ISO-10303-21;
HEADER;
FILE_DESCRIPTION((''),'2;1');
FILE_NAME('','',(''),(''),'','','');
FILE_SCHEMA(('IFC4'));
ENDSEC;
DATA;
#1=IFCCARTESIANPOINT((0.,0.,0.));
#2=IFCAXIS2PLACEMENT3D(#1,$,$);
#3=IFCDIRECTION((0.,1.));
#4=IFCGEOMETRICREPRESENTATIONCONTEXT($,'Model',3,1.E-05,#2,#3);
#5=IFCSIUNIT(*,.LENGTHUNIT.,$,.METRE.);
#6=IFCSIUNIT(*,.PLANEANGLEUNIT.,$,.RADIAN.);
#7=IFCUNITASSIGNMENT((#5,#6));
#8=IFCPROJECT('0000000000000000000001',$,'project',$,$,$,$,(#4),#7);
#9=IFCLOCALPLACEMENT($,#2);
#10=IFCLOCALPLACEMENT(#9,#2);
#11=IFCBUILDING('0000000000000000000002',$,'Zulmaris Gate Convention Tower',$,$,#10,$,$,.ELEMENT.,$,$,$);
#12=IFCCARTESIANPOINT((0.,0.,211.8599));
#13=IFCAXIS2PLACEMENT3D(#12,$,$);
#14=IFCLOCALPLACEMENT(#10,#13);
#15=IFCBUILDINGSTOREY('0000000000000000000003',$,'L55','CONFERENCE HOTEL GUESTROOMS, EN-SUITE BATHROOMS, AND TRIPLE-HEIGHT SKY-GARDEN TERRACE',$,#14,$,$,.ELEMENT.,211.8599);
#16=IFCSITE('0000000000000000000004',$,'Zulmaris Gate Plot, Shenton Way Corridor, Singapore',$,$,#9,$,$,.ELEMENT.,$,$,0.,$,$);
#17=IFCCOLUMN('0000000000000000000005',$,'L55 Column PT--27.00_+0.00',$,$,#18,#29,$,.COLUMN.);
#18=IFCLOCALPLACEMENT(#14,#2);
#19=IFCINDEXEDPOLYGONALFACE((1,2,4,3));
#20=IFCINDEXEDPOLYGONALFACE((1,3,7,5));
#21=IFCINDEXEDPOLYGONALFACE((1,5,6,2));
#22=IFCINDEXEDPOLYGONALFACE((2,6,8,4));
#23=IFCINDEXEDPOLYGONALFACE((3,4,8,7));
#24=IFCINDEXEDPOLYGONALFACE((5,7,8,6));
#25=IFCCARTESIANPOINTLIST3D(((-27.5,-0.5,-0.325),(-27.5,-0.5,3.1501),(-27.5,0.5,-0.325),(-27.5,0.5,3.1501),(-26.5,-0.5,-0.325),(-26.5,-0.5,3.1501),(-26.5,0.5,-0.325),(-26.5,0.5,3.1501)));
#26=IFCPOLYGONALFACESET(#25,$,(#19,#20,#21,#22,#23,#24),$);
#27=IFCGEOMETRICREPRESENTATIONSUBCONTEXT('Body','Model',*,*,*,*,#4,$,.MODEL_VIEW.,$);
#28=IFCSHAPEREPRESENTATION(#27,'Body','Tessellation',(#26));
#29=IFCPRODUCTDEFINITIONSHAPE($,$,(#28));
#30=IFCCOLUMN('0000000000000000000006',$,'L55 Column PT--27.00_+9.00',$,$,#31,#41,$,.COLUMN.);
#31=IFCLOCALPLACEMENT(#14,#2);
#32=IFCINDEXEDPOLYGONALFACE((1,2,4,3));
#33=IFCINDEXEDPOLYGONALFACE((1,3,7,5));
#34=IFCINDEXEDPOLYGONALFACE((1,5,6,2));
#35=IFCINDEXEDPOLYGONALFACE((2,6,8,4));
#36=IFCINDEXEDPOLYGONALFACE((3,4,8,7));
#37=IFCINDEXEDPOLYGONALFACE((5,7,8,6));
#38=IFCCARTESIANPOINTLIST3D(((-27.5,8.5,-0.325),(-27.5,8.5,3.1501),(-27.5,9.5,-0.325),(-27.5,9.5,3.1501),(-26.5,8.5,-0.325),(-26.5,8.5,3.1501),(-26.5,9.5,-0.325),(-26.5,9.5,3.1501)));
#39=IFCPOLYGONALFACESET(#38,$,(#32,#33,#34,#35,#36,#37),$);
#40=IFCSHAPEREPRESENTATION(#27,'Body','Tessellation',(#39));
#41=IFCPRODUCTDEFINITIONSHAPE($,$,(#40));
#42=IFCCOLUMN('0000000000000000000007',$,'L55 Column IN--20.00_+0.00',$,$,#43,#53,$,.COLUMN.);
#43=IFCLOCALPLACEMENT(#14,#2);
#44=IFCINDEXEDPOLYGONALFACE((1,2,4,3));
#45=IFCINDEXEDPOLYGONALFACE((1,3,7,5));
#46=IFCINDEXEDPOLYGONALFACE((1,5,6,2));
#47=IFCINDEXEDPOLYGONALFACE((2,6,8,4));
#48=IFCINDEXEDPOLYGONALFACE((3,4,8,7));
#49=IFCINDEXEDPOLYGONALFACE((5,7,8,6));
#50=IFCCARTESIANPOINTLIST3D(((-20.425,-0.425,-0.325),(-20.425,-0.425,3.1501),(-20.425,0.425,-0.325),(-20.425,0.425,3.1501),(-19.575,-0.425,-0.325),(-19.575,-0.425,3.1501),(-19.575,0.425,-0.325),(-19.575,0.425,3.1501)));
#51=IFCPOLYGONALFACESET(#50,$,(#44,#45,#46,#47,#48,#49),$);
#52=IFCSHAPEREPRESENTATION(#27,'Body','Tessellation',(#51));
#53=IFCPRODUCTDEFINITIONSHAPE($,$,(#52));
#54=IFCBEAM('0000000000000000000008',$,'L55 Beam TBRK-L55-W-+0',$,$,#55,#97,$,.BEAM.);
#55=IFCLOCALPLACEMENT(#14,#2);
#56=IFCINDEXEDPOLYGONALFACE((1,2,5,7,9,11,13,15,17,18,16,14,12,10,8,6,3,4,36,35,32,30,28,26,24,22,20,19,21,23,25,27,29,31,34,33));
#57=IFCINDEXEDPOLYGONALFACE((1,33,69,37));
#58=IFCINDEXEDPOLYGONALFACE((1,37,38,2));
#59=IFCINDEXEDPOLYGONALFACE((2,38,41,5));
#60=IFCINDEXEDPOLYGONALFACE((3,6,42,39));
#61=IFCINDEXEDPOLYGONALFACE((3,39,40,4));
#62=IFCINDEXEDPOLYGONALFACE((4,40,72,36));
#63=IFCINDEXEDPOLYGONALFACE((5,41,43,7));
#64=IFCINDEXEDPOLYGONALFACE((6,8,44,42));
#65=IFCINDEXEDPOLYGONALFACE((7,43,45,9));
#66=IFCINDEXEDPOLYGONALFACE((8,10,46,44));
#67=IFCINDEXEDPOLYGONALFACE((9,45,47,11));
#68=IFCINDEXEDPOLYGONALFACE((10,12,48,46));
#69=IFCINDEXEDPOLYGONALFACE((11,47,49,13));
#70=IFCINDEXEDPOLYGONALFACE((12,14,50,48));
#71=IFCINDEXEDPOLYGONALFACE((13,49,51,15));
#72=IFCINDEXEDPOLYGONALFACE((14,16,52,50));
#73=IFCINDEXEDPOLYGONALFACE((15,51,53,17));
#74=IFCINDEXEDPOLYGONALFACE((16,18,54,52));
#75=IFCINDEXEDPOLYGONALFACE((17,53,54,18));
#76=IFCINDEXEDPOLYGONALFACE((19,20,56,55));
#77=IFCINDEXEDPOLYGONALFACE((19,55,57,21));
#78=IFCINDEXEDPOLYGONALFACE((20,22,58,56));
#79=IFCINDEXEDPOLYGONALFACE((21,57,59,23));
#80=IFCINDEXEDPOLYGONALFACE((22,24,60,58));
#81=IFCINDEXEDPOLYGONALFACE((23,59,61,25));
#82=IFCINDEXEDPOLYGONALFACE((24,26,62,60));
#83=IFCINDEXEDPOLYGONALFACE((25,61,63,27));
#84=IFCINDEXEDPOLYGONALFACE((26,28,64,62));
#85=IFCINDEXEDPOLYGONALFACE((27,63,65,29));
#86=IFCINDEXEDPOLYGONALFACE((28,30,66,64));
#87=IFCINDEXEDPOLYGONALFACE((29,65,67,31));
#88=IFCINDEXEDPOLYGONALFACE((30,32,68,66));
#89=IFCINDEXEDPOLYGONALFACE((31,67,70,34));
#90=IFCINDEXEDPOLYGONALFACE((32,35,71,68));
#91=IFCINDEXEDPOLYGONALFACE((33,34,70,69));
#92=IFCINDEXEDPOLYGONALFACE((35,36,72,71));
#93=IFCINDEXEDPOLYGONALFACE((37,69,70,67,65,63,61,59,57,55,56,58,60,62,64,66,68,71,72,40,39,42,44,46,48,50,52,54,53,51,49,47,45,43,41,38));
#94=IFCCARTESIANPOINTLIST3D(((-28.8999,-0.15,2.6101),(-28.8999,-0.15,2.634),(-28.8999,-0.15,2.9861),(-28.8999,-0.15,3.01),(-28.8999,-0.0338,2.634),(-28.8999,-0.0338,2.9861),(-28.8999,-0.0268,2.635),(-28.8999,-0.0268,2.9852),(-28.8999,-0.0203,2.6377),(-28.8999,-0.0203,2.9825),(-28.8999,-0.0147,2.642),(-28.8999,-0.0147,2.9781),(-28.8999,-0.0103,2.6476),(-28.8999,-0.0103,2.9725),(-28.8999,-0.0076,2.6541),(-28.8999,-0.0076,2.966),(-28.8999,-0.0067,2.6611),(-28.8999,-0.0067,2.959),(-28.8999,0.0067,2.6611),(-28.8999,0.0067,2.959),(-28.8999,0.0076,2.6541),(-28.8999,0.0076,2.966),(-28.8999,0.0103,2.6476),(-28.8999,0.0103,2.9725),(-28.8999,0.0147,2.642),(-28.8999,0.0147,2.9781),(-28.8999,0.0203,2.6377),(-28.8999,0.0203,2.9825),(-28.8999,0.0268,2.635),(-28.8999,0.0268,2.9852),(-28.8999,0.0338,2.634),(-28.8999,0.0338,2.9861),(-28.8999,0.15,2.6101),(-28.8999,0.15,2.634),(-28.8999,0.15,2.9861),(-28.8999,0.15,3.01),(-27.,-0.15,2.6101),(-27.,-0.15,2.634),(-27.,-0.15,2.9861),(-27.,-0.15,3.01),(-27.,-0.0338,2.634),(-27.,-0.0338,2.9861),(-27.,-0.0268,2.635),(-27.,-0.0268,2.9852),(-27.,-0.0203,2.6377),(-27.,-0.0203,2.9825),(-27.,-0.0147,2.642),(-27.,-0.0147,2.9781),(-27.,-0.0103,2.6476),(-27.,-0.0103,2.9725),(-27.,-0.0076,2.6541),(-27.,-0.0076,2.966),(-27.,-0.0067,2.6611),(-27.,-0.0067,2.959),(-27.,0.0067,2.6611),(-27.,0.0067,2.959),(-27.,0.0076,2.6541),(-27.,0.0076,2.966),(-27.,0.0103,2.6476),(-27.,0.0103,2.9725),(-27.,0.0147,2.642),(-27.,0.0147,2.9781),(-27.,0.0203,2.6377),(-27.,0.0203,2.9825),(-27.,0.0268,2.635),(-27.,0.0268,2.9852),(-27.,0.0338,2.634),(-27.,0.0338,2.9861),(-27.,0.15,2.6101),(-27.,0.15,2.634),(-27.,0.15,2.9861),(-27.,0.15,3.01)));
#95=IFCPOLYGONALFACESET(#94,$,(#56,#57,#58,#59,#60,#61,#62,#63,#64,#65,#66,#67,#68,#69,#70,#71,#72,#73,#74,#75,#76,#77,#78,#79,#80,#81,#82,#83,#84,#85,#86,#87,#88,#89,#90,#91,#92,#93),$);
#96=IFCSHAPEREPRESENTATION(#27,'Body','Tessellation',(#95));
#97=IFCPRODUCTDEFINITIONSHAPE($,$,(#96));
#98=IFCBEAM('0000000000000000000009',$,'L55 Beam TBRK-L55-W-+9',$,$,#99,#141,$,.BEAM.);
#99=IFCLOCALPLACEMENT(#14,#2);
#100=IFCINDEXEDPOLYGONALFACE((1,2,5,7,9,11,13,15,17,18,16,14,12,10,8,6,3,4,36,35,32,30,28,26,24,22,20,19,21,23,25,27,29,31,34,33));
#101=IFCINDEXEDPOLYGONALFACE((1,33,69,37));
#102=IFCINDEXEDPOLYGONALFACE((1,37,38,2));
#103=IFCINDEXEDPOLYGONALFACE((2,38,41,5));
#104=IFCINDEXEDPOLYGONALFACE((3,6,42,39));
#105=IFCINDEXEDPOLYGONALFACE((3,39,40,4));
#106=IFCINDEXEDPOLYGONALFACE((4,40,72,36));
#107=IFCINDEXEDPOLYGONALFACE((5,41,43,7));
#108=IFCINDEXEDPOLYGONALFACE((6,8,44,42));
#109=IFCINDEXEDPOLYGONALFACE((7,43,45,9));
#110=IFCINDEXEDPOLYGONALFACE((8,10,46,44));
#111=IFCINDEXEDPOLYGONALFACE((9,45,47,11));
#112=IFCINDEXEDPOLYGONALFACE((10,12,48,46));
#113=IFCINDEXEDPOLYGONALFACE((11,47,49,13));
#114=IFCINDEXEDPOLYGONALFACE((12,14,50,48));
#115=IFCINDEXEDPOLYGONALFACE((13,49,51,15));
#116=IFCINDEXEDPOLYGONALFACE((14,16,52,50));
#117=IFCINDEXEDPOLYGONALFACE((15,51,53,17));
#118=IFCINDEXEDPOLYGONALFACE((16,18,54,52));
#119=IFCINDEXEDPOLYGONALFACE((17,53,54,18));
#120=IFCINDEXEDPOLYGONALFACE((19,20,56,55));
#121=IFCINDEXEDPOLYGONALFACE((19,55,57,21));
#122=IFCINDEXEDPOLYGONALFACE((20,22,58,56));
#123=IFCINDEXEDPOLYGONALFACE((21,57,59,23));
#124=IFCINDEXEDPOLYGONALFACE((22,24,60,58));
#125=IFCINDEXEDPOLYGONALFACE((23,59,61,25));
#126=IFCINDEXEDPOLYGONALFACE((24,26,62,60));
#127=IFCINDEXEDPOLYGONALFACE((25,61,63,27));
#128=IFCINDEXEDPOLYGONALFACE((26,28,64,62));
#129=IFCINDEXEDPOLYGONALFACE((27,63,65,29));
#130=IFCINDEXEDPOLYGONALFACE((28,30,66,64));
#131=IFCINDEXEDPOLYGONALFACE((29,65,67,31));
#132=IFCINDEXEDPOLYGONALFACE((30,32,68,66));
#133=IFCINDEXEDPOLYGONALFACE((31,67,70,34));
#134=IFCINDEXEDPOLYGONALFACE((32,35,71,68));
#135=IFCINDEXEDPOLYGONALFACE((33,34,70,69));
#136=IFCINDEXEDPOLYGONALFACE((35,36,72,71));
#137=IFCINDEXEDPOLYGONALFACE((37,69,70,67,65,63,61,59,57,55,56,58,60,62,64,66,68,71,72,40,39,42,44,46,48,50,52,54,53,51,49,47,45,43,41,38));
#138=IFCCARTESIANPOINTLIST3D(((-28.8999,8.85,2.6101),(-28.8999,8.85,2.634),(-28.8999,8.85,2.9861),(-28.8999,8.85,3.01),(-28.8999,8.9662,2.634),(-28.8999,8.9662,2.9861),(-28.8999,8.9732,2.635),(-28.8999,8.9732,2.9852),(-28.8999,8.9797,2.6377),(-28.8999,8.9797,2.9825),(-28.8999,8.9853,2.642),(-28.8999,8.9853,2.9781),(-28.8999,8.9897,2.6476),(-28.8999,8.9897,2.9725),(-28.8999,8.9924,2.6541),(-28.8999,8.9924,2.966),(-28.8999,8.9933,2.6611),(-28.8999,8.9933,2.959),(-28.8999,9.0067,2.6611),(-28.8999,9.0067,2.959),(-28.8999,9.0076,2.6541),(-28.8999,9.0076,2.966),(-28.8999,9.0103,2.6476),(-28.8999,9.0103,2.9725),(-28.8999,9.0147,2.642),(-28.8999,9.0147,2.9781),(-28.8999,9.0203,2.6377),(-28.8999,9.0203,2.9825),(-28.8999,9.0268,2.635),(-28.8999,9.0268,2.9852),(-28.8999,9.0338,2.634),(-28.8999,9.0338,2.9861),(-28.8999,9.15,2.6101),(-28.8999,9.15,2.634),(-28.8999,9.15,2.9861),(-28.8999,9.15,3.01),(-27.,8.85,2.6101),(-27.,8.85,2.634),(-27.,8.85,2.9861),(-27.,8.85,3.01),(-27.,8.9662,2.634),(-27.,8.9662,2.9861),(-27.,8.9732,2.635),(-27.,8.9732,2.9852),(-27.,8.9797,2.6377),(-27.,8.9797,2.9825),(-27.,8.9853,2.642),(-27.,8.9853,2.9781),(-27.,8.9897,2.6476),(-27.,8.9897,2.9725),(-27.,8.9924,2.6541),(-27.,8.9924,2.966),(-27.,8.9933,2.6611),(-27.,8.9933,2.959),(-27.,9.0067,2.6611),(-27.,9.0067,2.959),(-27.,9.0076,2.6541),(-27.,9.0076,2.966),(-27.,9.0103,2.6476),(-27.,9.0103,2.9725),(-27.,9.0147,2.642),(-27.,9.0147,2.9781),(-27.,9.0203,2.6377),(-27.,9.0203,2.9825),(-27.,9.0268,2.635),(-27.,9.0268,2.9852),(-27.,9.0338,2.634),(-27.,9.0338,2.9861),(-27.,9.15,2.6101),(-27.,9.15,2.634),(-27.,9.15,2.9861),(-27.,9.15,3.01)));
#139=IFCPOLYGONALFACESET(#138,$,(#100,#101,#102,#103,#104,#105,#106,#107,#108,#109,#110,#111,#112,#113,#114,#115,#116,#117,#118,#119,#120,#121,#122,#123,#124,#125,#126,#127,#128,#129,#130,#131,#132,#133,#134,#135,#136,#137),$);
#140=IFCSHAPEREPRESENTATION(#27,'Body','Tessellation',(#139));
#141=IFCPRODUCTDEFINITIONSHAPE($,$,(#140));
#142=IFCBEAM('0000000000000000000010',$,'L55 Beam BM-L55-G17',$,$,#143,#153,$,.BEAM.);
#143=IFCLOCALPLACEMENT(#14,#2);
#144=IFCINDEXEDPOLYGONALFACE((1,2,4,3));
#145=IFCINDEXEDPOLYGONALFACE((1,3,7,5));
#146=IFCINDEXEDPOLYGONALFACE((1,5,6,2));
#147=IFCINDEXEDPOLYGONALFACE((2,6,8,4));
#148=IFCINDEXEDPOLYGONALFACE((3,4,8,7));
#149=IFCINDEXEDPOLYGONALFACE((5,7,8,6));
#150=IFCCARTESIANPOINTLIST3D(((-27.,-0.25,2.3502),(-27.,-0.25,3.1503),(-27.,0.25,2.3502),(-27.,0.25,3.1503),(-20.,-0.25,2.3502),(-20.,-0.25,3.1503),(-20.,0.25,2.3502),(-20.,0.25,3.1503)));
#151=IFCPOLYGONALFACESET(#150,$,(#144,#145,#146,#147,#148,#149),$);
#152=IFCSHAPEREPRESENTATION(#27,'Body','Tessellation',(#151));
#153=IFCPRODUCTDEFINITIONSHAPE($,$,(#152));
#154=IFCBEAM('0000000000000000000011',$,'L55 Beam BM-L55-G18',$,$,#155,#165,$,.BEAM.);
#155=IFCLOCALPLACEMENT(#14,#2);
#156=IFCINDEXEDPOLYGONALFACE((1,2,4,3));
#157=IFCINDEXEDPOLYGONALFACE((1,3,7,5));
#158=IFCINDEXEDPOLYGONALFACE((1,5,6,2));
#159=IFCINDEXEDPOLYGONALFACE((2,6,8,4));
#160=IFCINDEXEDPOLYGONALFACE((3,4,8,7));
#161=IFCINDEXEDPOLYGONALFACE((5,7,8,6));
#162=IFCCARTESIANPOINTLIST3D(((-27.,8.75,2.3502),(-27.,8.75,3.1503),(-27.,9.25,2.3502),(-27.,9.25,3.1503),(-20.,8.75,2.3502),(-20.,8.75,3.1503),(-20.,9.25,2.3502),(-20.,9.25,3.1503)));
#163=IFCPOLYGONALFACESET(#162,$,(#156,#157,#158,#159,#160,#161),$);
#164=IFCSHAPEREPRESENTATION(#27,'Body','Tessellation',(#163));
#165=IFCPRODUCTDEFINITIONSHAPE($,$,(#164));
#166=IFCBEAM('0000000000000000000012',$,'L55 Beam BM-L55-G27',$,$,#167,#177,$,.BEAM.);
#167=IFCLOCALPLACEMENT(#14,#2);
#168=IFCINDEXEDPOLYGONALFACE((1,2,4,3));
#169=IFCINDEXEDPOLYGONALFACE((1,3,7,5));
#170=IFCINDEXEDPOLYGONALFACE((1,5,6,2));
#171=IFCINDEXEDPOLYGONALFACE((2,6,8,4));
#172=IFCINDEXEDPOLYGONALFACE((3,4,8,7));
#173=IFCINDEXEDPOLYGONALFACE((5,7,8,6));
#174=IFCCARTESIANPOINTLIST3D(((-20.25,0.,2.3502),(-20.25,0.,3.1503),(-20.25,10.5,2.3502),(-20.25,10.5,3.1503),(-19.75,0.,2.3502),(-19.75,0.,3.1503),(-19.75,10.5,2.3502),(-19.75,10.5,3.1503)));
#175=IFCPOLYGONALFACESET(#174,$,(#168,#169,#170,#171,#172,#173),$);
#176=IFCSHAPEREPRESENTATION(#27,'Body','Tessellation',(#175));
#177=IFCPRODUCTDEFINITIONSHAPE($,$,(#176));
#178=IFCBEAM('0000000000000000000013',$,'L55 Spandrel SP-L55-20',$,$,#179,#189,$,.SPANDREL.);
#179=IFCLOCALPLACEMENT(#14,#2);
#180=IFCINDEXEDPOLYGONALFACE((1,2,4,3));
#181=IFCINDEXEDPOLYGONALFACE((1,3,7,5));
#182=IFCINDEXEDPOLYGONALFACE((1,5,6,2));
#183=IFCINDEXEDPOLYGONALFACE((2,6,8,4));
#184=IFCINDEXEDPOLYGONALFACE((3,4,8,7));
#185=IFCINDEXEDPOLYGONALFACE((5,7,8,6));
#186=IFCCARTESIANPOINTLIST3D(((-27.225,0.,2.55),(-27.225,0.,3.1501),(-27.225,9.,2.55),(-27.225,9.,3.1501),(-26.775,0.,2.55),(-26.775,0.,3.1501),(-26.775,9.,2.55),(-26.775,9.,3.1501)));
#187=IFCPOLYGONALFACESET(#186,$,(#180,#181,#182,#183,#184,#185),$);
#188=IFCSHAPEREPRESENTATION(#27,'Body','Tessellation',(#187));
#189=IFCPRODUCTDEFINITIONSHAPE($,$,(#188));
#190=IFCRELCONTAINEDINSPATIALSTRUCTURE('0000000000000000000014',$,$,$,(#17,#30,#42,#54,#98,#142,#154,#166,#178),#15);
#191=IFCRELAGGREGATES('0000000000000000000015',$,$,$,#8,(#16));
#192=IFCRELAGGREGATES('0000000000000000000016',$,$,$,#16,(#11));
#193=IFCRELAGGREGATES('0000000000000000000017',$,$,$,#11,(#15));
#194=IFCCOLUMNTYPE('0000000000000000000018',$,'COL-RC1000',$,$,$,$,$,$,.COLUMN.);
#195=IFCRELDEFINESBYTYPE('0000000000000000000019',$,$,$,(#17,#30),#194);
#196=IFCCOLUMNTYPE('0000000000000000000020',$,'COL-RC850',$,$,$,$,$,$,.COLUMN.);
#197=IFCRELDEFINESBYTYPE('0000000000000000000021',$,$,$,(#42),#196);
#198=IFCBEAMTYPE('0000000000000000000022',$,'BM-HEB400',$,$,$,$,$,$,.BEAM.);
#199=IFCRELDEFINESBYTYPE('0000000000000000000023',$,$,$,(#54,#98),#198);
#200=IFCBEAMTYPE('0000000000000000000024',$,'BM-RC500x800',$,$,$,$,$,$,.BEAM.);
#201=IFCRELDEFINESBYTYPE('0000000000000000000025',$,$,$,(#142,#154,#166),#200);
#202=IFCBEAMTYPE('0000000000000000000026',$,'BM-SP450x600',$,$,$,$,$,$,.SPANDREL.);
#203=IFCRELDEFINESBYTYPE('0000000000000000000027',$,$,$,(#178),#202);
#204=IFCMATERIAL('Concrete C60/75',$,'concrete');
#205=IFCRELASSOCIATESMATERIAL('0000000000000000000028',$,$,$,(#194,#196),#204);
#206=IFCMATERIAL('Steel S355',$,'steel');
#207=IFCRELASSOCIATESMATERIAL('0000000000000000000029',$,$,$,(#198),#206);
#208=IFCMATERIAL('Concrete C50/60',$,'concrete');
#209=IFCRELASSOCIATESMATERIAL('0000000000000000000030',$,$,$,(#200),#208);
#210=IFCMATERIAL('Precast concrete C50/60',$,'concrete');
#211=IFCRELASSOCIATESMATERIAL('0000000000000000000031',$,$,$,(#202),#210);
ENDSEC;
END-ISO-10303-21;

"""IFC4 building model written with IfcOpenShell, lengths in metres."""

from ifc_helpers import new_model, si_unit, direction, frame, origin, origin_2d, place, context, subcontext, project, spatial, rectangle, i_section, extrude, material, material_profile, profile_set, type_object, element, save


model = new_model("IFC4")

# Units and contexts
model_context = context("Model", 3, precision=1e-05, world=origin(), true_north=direction((0.0, 1.0)))
body_context = subcontext(model_context, "Body", "Model", "MODEL_VIEW")
ifc_project = project(units=[si_unit("LENGTHUNIT", "METRE"), si_unit("PLANEANGLEUNIT", "RADIAN")], contexts=[model_context])

# Site, building, storey
site_placement = place(None, origin())
site = spatial("IfcSite", under=ifc_project, at=site_placement, Name="Zulmaris Gate Plot, Shenton Way Corridor, Singapore", CompositionType="ELEMENT", RefElevation=0.0)
building_placement = place(site_placement, origin())
building = spatial("IfcBuilding", under=site, at=building_placement, Name="Zulmaris Gate Convention Tower", CompositionType="ELEMENT")
storey_placement = place(building_placement, frame((0.0, 0.0, 211.8599)))
storey = spatial("IfcBuildingStorey", under=building, at=storey_placement, Name="L55", Description="CONFERENCE HOTEL GUESTROOMS, EN-SUITE BATHROOMS, AND TRIPLE-HEIGHT SKY-GARDEN TERRACE", CompositionType="ELEMENT", Elevation=211.8599)

# Columns
ifc_material_1 = material(Name="Concrete C60/75", Category="concrete")
ifc_material_profile_1 = material_profile(ifc_material_1, rectangle(XDim=1.0, YDim=1.0, at=origin_2d()), Name="RC COL 1000x1000")
ifc_profile_set_1 = profile_set([ifc_material_profile_1], Name="Concrete C60/75")
column_type_1 = type_object("IfcColumnType", Name="COL-RC1000", PredefinedType="COLUMN", material=ifc_profile_set_1)
for number, where, z_axis, x_axis, name in (
    (1, (-27.0, 0.0, -0.325), (0.0, 0.0, 1.0), (1.0, 0.0, 0.0), "L55 Column PT--27.00_+0.00"),
    (2, (-27.0, 9.0, -0.325), (0.0, 0.0, 1.0), (1.0, 0.0, 0.0), "L55 Column PT--27.00_+9.00"),
):
    element("IfcColumn", number, at=place(storey_placement, frame(where, z_axis=z_axis, x_axis=x_axis)), inside=storey, type_object=column_type_1, Name=name, PredefinedType="COLUMN", context=body_context, shape_type="SweptSolid", body=[
        extrude(rectangle(XDim=1.0, YDim=1.0, at=origin_2d()), origin(), (0.0, 0.0, 1.0), 3.4751),
    ])
ifc_material_profile_2 = material_profile(ifc_material_1, rectangle(XDim=0.8501, YDim=0.8501, at=origin_2d()), Name="RC COL 850x850")
ifc_profile_set_2 = profile_set([ifc_material_profile_2], Name="Concrete C60/75")
column_type_2 = type_object("IfcColumnType", Name="COL-RC850", PredefinedType="COLUMN", material=ifc_profile_set_2)
column_placement = place(storey_placement, frame((-20.0, 0.0, -0.325), z_axis=(0.0, 0.0, 1.0), x_axis=(1.0, 0.0, 0.0)))
element("IfcColumn", 3, at=column_placement, inside=storey, type_object=column_type_2, Name="L55 Column IN--20.00_+0.00", PredefinedType="COLUMN", context=body_context, shape_type="SweptSolid", body=[
    extrude(rectangle(XDim=0.8501, YDim=0.8501, at=origin_2d()), origin(), (0.0, 0.0, 1.0), 3.4751),
])

# Beams
ifc_material_2 = material(Name="Steel S355", Category="steel")
ifc_material_profile_3 = material_profile(ifc_material_2, i_section(OverallWidth=0.3, OverallDepth=0.3999, WebThickness=0.0134, FlangeThickness=0.0239, FilletRadius=0.0271, at=origin_2d()), Name="HEB 400")
ifc_profile_set_3 = profile_set([ifc_material_profile_3], Name="Steel S355")
beam_type_1 = type_object("IfcBeamType", Name="BM-HEB400", PredefinedType="BEAM", material=ifc_profile_set_3)
for number, where, z_axis, x_axis, name in (
    (4, (-28.8999, 0.0, 2.8101), (1.0, 0.0, 0.0), (0.0, 1.0, 0.0), "L55 Beam TBRK-L55-W-+0"),
    (5, (-28.8999, 9.0, 2.8101), (1.0, 0.0, 0.0), (0.0, 1.0, 0.0), "L55 Beam TBRK-L55-W-+9"),
):
    element("IfcBeam", number, at=place(storey_placement, frame(where, z_axis=z_axis, x_axis=x_axis)), inside=storey, type_object=beam_type_1, Name=name, PredefinedType="BEAM", context=body_context, shape_type="SweptSolid", body=[
        extrude(i_section(OverallWidth=0.3, OverallDepth=0.3999, WebThickness=0.0134, FlangeThickness=0.0239, FilletRadius=0.0271, at=origin_2d()), origin(), (0.0, 0.0, 1.0), 1.8999),
    ])
ifc_material_3 = material(Name="Concrete C50/60", Category="concrete")
ifc_material_profile_4 = material_profile(ifc_material_3, rectangle(XDim=0.5, YDim=0.8, at=origin_2d()), Name="RC BEAM 500x800")
ifc_profile_set_4 = profile_set([ifc_material_profile_4], Name="Concrete C50/60")
beam_type_2 = type_object("IfcBeamType", Name="BM-RC500x800", PredefinedType="BEAM", material=ifc_profile_set_4)
for number, where, z_axis, x_axis, name in (
    (6, (-27.0, 0.0, 2.7502), (1.0, 0.0, 0.0), (0.0, 1.0, 0.0), "L55 Beam BM-L55-G17"),
    (7, (-27.0, 9.0, 2.7502), (1.0, 0.0, 0.0), (0.0, 1.0, 0.0), "L55 Beam BM-L55-G18"),
):
    element("IfcBeam", number, at=place(storey_placement, frame(where, z_axis=z_axis, x_axis=x_axis)), inside=storey, type_object=beam_type_2, Name=name, PredefinedType="BEAM", context=body_context, shape_type="SweptSolid", body=[
        extrude(rectangle(XDim=0.5, YDim=0.8, at=origin_2d()), origin(), (0.0, 0.0, 1.0), 7.0),
    ])
beam_placement = place(storey_placement, frame((-20.0, 0.0, 2.7502), z_axis=(0.0, 1.0, 0.0), x_axis=(-1.0, 0.0, 0.0)))
element("IfcBeam", 8, at=beam_placement, inside=storey, type_object=beam_type_2, Name="L55 Beam BM-L55-G27", PredefinedType="BEAM", context=body_context, shape_type="SweptSolid", body=[
    extrude(rectangle(XDim=0.5, YDim=0.8, at=origin_2d()), origin(), (0.0, 0.0, 1.0), 10.5),
])
ifc_material_4 = material(Name="Precast concrete C50/60", Category="concrete")
ifc_material_profile_5 = material_profile(ifc_material_4, rectangle(XDim=0.45, YDim=0.6001, at=origin_2d()), Name="RC SPANDREL 450x600")
ifc_profile_set_5 = profile_set([ifc_material_profile_5], Name="Precast concrete C50/60")
beam_type_3 = type_object("IfcBeamType", Name="BM-SP450x600", PredefinedType="SPANDREL", material=ifc_profile_set_5)
for number, where, z_axis, x_axis, name in (
    (9, (-27.0, 9.0, 2.8501), (0.0, -1.0, 0.0), (1.0, 0.0, 0.0), "L55 Spandrel SP-L55-20"),
):
    element("IfcBeam", number, at=place(storey_placement, frame(where, z_axis=z_axis, x_axis=x_axis)), inside=storey, type_object=beam_type_3, Name=name, PredefinedType="SPANDREL", context=body_context, shape_type="SweptSolid", body=[
        extrude(rectangle(XDim=0.45, YDim=0.6001, at=origin_2d()), origin(), (0.0, 0.0, 1.0), 9.0),
    ])

save(model, "model.ifc")
